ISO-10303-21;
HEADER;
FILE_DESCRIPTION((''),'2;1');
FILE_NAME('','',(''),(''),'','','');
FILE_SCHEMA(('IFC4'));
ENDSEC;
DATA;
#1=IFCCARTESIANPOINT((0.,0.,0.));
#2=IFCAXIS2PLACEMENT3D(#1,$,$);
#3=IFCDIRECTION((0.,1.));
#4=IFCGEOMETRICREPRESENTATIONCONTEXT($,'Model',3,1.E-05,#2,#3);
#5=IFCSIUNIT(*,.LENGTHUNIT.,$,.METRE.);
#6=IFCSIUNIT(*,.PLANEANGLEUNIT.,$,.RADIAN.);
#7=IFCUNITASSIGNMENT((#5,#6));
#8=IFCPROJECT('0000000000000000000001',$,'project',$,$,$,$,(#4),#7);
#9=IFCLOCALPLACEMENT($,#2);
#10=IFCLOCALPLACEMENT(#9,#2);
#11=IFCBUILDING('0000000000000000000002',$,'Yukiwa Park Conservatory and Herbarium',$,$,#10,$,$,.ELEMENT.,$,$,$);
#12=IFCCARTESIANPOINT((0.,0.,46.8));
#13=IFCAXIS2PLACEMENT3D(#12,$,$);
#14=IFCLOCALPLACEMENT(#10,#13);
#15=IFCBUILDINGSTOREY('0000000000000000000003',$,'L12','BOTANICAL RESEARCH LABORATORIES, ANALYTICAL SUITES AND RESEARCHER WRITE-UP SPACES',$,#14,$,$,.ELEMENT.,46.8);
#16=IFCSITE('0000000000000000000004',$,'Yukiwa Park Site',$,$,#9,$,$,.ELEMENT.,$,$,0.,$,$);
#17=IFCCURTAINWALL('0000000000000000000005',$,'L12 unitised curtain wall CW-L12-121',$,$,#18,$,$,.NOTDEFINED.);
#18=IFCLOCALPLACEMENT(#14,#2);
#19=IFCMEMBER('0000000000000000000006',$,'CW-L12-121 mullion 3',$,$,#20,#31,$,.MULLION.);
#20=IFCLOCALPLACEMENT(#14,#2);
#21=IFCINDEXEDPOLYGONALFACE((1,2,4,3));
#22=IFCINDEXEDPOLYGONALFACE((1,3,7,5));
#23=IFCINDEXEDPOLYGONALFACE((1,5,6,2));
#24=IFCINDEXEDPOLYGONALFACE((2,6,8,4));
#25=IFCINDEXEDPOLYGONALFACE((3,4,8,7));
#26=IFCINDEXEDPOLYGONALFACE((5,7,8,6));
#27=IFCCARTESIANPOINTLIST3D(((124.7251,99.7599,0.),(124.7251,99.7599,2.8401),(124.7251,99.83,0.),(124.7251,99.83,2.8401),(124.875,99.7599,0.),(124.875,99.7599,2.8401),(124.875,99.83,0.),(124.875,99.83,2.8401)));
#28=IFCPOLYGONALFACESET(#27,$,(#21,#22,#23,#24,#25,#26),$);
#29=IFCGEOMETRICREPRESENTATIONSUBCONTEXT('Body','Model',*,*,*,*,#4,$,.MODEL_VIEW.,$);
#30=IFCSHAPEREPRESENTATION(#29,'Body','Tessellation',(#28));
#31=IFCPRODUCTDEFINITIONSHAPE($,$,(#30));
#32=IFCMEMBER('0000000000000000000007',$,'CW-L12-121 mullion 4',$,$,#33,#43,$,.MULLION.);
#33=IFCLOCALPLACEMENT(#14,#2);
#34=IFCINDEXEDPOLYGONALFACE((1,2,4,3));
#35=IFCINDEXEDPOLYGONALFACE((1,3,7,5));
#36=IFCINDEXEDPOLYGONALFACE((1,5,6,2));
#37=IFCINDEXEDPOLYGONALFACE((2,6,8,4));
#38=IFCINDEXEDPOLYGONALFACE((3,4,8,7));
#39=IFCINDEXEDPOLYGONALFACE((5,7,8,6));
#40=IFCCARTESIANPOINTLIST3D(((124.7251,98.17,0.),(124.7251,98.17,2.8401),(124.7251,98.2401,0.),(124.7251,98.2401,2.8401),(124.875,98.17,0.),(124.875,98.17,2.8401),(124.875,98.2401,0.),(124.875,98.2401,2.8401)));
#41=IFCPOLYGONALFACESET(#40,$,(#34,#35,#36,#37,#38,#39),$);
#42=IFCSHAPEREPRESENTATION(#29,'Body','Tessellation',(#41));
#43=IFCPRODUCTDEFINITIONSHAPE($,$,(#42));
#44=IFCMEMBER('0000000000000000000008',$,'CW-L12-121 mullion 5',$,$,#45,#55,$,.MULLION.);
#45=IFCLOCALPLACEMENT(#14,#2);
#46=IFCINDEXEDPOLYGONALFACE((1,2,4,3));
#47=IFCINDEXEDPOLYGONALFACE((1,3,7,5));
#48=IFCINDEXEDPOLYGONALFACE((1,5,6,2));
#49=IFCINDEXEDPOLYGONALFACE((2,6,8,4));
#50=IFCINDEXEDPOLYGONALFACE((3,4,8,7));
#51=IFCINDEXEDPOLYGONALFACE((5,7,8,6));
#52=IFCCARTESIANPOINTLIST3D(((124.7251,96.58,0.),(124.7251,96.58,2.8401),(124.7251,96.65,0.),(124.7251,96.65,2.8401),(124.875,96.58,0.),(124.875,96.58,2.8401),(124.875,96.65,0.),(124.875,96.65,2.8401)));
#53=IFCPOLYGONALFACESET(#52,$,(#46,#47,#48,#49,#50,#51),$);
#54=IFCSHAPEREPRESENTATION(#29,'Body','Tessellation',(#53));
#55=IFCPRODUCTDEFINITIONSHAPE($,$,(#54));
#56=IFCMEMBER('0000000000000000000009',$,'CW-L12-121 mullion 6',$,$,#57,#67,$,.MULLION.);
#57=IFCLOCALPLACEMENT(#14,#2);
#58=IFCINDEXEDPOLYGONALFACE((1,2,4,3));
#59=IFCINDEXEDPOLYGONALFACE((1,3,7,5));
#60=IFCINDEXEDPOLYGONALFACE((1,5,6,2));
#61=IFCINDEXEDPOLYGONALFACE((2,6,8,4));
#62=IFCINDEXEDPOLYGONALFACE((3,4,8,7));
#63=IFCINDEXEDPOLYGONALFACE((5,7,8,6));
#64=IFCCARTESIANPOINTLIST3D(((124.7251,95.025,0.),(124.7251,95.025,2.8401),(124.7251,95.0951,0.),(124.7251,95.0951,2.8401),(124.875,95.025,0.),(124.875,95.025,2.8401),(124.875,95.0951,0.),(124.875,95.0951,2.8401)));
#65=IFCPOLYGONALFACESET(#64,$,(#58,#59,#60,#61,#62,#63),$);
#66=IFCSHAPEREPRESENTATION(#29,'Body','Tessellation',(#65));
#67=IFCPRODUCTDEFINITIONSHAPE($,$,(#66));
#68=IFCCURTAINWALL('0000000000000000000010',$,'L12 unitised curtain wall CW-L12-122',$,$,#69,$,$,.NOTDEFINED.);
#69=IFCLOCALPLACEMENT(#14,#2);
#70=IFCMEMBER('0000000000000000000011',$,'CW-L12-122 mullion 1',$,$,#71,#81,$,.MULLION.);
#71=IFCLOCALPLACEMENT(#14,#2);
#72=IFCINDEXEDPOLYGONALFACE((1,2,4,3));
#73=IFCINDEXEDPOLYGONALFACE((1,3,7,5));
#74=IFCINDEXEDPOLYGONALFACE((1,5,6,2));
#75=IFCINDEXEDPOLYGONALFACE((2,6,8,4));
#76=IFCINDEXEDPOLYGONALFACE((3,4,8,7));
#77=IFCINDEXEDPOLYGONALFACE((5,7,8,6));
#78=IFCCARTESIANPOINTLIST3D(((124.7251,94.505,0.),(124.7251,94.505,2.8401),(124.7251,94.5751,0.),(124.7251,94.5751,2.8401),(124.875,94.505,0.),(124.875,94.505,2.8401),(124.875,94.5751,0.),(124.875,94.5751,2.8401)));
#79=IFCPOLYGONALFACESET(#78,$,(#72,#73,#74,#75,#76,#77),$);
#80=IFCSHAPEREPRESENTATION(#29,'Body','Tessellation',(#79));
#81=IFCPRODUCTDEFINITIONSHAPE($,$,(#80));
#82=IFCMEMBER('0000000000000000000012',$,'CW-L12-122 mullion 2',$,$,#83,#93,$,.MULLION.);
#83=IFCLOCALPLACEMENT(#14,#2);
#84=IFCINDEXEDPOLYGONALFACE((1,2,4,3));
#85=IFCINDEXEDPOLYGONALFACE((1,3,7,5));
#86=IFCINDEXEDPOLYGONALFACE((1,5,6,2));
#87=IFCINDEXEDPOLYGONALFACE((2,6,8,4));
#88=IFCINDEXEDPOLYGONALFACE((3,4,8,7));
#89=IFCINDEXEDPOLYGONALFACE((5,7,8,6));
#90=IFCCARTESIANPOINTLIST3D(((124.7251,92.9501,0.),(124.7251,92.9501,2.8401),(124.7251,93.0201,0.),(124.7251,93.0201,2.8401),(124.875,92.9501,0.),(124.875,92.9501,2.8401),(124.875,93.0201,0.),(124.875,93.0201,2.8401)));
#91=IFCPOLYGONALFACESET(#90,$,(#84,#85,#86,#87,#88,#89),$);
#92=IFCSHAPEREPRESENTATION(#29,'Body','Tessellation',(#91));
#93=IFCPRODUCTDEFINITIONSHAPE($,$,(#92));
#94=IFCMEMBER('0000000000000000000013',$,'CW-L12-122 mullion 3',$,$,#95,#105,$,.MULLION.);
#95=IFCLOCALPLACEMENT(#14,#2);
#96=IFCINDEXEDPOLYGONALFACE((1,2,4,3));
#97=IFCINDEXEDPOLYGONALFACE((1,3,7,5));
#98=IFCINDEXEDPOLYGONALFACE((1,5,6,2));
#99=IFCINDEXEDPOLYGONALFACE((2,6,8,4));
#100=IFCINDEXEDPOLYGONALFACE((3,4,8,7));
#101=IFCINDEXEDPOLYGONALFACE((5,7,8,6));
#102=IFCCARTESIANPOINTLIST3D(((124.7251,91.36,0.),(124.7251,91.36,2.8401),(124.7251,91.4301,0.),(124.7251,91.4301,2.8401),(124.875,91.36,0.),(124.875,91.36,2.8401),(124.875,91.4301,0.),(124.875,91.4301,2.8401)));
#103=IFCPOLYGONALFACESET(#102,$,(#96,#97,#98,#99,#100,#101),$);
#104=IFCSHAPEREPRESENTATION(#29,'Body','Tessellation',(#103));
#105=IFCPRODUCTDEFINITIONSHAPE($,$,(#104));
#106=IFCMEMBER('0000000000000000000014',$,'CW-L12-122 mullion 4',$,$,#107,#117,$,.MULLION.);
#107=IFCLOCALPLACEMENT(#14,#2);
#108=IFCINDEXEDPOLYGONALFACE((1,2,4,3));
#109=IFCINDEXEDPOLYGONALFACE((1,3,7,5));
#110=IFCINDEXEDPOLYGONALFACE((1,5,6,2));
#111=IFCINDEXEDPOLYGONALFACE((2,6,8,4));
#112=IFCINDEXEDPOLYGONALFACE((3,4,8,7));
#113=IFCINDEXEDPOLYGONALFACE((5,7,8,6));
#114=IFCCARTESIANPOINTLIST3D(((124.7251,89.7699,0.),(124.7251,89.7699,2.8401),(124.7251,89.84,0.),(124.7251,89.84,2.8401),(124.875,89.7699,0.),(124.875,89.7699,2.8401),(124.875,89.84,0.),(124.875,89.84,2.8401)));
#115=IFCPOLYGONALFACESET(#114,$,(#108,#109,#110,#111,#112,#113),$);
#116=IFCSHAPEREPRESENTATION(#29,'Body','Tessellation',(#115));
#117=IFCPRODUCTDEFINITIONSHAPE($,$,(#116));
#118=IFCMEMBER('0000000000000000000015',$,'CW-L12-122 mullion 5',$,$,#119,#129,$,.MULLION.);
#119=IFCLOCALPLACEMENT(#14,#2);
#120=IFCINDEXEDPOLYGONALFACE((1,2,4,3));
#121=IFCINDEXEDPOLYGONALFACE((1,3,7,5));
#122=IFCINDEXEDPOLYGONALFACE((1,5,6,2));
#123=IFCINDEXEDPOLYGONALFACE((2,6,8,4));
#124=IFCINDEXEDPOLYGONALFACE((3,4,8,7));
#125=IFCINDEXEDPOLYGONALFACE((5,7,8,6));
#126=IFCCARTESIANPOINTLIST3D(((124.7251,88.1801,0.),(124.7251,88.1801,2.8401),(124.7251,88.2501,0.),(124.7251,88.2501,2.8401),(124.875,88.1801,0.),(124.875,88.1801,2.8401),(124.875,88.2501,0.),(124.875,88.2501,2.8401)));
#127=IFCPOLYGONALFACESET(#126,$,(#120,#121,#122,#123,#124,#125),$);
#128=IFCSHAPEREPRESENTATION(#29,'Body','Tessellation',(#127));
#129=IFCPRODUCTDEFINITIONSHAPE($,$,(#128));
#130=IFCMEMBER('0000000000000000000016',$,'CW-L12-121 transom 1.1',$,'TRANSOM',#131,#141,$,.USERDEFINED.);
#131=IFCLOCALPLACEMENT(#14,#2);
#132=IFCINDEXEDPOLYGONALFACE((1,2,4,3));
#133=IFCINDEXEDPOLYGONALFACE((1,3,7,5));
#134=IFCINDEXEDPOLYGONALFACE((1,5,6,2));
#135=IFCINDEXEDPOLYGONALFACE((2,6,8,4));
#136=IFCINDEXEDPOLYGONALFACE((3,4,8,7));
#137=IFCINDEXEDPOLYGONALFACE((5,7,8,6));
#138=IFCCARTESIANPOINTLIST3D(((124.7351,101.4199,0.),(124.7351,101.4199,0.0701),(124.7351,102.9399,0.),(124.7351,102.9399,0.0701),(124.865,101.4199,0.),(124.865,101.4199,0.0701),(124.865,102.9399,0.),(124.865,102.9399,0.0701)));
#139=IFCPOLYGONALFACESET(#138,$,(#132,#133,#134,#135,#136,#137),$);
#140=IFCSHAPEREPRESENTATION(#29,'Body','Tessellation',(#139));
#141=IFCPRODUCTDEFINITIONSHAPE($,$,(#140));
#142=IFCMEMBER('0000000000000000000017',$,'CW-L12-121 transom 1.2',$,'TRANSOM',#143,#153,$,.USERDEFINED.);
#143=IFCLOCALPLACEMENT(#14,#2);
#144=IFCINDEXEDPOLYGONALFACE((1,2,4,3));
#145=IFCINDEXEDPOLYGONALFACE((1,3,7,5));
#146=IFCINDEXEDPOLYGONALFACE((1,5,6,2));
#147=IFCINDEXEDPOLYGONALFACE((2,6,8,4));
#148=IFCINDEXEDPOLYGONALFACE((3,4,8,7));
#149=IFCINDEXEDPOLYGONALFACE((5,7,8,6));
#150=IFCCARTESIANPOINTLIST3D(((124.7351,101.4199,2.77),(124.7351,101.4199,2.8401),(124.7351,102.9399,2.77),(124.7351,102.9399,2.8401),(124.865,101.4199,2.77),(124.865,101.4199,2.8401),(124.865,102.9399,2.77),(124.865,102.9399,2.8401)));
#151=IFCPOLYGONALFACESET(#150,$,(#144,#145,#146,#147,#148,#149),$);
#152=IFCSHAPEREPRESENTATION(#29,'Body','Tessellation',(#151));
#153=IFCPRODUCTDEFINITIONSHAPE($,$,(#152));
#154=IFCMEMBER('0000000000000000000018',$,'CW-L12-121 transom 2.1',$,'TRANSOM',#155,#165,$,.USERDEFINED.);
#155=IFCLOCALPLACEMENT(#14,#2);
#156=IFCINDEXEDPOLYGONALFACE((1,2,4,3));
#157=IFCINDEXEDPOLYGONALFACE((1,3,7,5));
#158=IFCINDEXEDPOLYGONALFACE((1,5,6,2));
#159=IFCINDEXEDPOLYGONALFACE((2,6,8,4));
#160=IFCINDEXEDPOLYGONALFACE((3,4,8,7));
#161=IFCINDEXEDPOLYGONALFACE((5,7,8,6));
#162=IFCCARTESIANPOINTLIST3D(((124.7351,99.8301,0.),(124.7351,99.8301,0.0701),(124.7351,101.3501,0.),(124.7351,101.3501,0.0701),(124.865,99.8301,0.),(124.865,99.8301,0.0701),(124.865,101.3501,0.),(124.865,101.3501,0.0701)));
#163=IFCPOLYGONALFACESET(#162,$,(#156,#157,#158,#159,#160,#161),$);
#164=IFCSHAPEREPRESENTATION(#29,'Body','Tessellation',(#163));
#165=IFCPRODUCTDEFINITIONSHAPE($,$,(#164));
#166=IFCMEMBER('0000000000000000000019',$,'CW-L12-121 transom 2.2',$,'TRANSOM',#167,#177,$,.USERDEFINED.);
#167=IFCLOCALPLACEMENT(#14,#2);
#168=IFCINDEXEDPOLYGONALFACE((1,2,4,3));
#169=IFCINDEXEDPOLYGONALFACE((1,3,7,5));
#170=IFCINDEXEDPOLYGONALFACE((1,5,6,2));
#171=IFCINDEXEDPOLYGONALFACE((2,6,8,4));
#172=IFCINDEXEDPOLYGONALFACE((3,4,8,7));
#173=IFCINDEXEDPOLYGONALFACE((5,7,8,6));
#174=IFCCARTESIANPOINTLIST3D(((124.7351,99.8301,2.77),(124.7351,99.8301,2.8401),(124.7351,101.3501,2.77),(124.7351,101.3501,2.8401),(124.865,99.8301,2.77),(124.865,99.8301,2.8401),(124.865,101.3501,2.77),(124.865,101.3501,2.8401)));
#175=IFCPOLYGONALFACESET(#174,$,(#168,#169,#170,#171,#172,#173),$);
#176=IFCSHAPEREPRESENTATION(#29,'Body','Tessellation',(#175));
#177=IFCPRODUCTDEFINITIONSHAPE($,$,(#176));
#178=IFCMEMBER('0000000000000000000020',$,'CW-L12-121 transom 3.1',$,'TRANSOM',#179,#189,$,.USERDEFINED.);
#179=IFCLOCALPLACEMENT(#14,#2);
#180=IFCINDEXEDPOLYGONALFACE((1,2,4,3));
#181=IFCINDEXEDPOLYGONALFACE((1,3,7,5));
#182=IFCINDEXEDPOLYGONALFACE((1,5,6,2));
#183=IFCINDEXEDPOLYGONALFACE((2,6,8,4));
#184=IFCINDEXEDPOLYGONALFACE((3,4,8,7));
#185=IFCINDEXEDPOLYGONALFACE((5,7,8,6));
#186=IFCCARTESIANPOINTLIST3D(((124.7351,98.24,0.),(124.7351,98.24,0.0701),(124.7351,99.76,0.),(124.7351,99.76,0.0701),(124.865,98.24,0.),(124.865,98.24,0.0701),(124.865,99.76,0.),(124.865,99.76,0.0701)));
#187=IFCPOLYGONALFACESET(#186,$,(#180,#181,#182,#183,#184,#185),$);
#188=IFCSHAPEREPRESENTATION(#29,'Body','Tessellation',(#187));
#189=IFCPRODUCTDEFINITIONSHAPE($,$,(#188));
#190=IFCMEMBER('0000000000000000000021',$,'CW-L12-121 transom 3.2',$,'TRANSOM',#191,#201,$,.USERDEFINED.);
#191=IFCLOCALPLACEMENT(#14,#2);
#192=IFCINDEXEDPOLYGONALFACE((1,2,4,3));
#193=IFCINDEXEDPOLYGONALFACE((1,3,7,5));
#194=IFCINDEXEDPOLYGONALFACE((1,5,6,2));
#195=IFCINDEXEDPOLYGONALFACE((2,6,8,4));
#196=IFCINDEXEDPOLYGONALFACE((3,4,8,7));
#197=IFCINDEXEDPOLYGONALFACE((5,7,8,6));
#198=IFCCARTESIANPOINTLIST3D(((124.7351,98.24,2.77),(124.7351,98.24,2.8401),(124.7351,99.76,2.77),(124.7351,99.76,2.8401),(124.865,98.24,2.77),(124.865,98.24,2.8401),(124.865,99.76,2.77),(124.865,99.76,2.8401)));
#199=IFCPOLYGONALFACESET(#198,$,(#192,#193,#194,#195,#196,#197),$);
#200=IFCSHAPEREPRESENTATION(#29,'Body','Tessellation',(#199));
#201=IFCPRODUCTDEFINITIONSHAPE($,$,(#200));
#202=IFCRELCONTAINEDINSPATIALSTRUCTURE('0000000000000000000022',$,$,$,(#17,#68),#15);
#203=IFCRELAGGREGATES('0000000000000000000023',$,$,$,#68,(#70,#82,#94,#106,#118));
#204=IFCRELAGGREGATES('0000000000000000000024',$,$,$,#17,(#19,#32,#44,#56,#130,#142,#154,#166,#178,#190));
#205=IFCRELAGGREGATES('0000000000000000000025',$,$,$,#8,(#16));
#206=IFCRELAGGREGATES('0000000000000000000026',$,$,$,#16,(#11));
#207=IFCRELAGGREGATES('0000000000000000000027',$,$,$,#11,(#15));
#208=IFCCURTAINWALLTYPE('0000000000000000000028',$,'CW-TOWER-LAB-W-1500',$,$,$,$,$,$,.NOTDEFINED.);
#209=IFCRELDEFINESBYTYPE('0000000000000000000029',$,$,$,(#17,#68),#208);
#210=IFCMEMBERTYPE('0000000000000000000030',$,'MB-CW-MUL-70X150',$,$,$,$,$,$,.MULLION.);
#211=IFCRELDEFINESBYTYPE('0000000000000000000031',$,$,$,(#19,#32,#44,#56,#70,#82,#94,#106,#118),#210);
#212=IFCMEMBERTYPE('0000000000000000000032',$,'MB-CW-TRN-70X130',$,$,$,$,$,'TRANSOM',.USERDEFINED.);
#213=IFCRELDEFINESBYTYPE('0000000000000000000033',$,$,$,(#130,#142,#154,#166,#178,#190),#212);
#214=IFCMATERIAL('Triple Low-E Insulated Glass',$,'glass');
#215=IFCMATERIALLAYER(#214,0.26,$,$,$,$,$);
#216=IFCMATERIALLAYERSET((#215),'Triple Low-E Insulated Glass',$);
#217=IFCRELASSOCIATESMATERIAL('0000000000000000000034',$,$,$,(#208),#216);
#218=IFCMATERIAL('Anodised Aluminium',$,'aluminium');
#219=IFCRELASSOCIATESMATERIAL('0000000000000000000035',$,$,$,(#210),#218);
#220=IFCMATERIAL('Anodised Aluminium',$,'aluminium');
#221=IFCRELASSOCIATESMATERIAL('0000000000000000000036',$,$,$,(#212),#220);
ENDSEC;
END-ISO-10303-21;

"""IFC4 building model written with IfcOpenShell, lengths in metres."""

from ifc_helpers import new_model, si_unit, direction, frame, origin, origin_2d, place, context, subcontext, project, spatial, rectangle, extrude, material, layer, layer_set, type_object, element, aggregate, save


model = new_model("IFC4")

# Units and contexts
model_context = context("Model", 3, precision=1e-05, world=origin(), true_north=direction((0.0, 1.0)))
body_context = subcontext(model_context, "Body", "Model", "MODEL_VIEW")
ifc_project = project(units=[si_unit("LENGTHUNIT", "METRE"), si_unit("PLANEANGLEUNIT", "RADIAN")], contexts=[model_context])

# Site, building, storey
site_placement = place(None, origin())
site = spatial("IfcSite", under=ifc_project, at=site_placement, Name="Yukiwa Park Site", CompositionType="ELEMENT", RefElevation=0.0)
building_placement = place(site_placement, origin())
building = spatial("IfcBuilding", under=site, at=building_placement, Name="Yukiwa Park Conservatory and Herbarium", CompositionType="ELEMENT")
storey_placement = place(building_placement, frame((0.0, 0.0, 46.8)))
storey = spatial("IfcBuildingStorey", under=building, at=storey_placement, Name="L12", Description="BOTANICAL RESEARCH LABORATORIES, ANALYTICAL SUITES AND RESEARCHER WRITE-UP SPACES", CompositionType="ELEMENT", Elevation=46.8)

# Curtain walls, members
ifc_material_1 = material(Name="Triple Low-E Insulated Glass", Category="glass")
ifc_layer_1 = layer(ifc_material_1, 0.26)
ifc_layer_set_1 = layer_set([ifc_layer_1], Name="Triple Low-E Insulated Glass")
curtain_wall_type = type_object("IfcCurtainWallType", Name="CW-TOWER-LAB-W-1500", PredefinedType="NOTDEFINED", material=ifc_layer_set_1)
curtain_wall_1_placement = place(storey_placement, origin())
curtain_wall_1 = element("IfcCurtainWall", 1, at=curtain_wall_1_placement, inside=storey, type_object=curtain_wall_type, Name="L12 unitised curtain wall CW-L12-121", PredefinedType="NOTDEFINED")
ifc_material_2 = material(Name="Anodised Aluminium", Category="aluminium")
member_type_1 = type_object("IfcMemberType", Name="MB-CW-MUL-70X150", PredefinedType="MULLION", material=ifc_material_2)
member_1_placement = place(storey_placement, frame((124.8, 99.7949, 0.0), z_axis=(0.0, 0.0, 1.0), x_axis=(0.0, -1.0, 0.0)))
member_1 = element("IfcMember", 2, at=member_1_placement, type_object=member_type_1, Name="CW-L12-121 mullion 3", PredefinedType="MULLION", context=body_context, shape_type="SweptSolid", body=[
    extrude(rectangle(XDim=0.0701, YDim=0.1499, at=origin_2d()), origin(), (0.0, 0.0, 1.0), 2.8401),
])
member_2_placement = place(storey_placement, frame((124.8, 98.2051, 0.0), z_axis=(0.0, 0.0, 1.0), x_axis=(0.0, -1.0, 0.0)))
member_2 = element("IfcMember", 3, at=member_2_placement, type_object=member_type_1, Name="CW-L12-121 mullion 4", PredefinedType="MULLION", context=body_context, shape_type="SweptSolid", body=[
    extrude(rectangle(XDim=0.0701, YDim=0.1499, at=origin_2d()), origin(), (0.0, 0.0, 1.0), 2.8401),
])
member_3_placement = place(storey_placement, frame((124.8, 96.615, 0.0), z_axis=(0.0, 0.0, 1.0), x_axis=(0.0, -1.0, 0.0)))
member_3 = element("IfcMember", 4, at=member_3_placement, type_object=member_type_1, Name="CW-L12-121 mullion 5", PredefinedType="MULLION", context=body_context, shape_type="SweptSolid", body=[
    extrude(rectangle(XDim=0.0701, YDim=0.1499, at=origin_2d()), origin(), (0.0, 0.0, 1.0), 2.8401),
])
member_4_placement = place(storey_placement, frame((124.8, 95.0601, 0.0), z_axis=(0.0, 0.0, 1.0), x_axis=(0.0, -1.0, 0.0)))
member_4 = element("IfcMember", 5, at=member_4_placement, type_object=member_type_1, Name="CW-L12-121 mullion 6", PredefinedType="MULLION", context=body_context, shape_type="SweptSolid", body=[
    extrude(rectangle(XDim=0.0701, YDim=0.1499, at=origin_2d()), origin(), (0.0, 0.0, 1.0), 2.8401),
])
curtain_wall_2_placement = place(storey_placement, origin())
curtain_wall_2 = element("IfcCurtainWall", 6, at=curtain_wall_2_placement, inside=storey, type_object=curtain_wall_type, Name="L12 unitised curtain wall CW-L12-122", PredefinedType="NOTDEFINED")
member_5_placement = place(storey_placement, frame((124.8, 94.54, 0.0), z_axis=(0.0, 0.0, 1.0), x_axis=(0.0, -1.0, 0.0)))
member_5 = element("IfcMember", 7, at=member_5_placement, type_object=member_type_1, Name="CW-L12-122 mullion 1", PredefinedType="MULLION", context=body_context, shape_type="SweptSolid", body=[
    extrude(rectangle(XDim=0.0701, YDim=0.1499, at=origin_2d()), origin(), (0.0, 0.0, 1.0), 2.8401),
])
member_6_placement = place(storey_placement, frame((124.8, 92.9851, 0.0), z_axis=(0.0, 0.0, 1.0), x_axis=(0.0, -1.0, 0.0)))
member_6 = element("IfcMember", 8, at=member_6_placement, type_object=member_type_1, Name="CW-L12-122 mullion 2", PredefinedType="MULLION", context=body_context, shape_type="SweptSolid", body=[
    extrude(rectangle(XDim=0.0701, YDim=0.1499, at=origin_2d()), origin(), (0.0, 0.0, 1.0), 2.8401),
])
member_7_placement = place(storey_placement, frame((124.8, 91.395, 0.0), z_axis=(0.0, 0.0, 1.0), x_axis=(0.0, -1.0, 0.0)))
member_7 = element("IfcMember", 9, at=member_7_placement, type_object=member_type_1, Name="CW-L12-122 mullion 3", PredefinedType="MULLION", context=body_context, shape_type="SweptSolid", body=[
    extrude(rectangle(XDim=0.0701, YDim=0.1499, at=origin_2d()), origin(), (0.0, 0.0, 1.0), 2.8401),
])
member_8_placement = place(storey_placement, frame((124.8, 89.8049, 0.0), z_axis=(0.0, 0.0, 1.0), x_axis=(0.0, -1.0, 0.0)))
member_8 = element("IfcMember", 10, at=member_8_placement, type_object=member_type_1, Name="CW-L12-122 mullion 4", PredefinedType="MULLION", context=body_context, shape_type="SweptSolid", body=[
    extrude(rectangle(XDim=0.0701, YDim=0.1499, at=origin_2d()), origin(), (0.0, 0.0, 1.0), 2.8401),
])
member_9_placement = place(storey_placement, frame((124.8, 88.2151, 0.0), z_axis=(0.0, 0.0, 1.0), x_axis=(0.0, -1.0, 0.0)))
member_9 = element("IfcMember", 11, at=member_9_placement, type_object=member_type_1, Name="CW-L12-122 mullion 5", PredefinedType="MULLION", context=body_context, shape_type="SweptSolid", body=[
    extrude(rectangle(XDim=0.0701, YDim=0.1499, at=origin_2d()), origin(), (0.0, 0.0, 1.0), 2.8401),
])
aggregate(curtain_wall_2, [member_5, member_6, member_7, member_8, member_9])

# Members
ifc_material_3 = material(Name="Anodised Aluminium", Category="aluminium")
member_type_2 = type_object("IfcMemberType", Name="MB-CW-TRN-70X130", ElementType="TRANSOM", PredefinedType="USERDEFINED", material=ifc_material_3)
member_10_placement = place(storey_placement, frame((124.8, 102.1799, 0.0), z_axis=(0.0, 0.0, 1.0), x_axis=(0.0, -1.0, 0.0)))
member_10 = element("IfcMember", 12, at=member_10_placement, type_object=member_type_2, Name="CW-L12-121 transom 1.1", ObjectType="TRANSOM", PredefinedType="USERDEFINED", context=body_context, shape_type="SweptSolid", body=[
    extrude(rectangle(XDim=1.52, YDim=0.1299, at=origin_2d()), origin(), (0.0, 0.0, 1.0), 0.0701),
])
member_11_placement = place(storey_placement, frame((124.8, 102.1799, 2.77), z_axis=(0.0, 0.0, 1.0), x_axis=(0.0, -1.0, 0.0)))
member_11 = element("IfcMember", 13, at=member_11_placement, type_object=member_type_2, Name="CW-L12-121 transom 1.2", ObjectType="TRANSOM", PredefinedType="USERDEFINED", context=body_context, shape_type="SweptSolid", body=[
    extrude(rectangle(XDim=1.52, YDim=0.1299, at=origin_2d()), origin(), (0.0, 0.0, 1.0), 0.0701),
])
member_12_placement = place(storey_placement, frame((124.8, 100.5901, 0.0), z_axis=(0.0, 0.0, 1.0), x_axis=(0.0, -1.0, 0.0)))
member_12 = element("IfcMember", 14, at=member_12_placement, type_object=member_type_2, Name="CW-L12-121 transom 2.1", ObjectType="TRANSOM", PredefinedType="USERDEFINED", context=body_context, shape_type="SweptSolid", body=[
    extrude(rectangle(XDim=1.52, YDim=0.1299, at=origin_2d()), origin(), (0.0, 0.0, 1.0), 0.0701),
])
member_13_placement = place(storey_placement, frame((124.8, 100.5901, 2.77), z_axis=(0.0, 0.0, 1.0), x_axis=(0.0, -1.0, 0.0)))
member_13 = element("IfcMember", 15, at=member_13_placement, type_object=member_type_2, Name="CW-L12-121 transom 2.2", ObjectType="TRANSOM", PredefinedType="USERDEFINED", context=body_context, shape_type="SweptSolid", body=[
    extrude(rectangle(XDim=1.52, YDim=0.1299, at=origin_2d()), origin(), (0.0, 0.0, 1.0), 0.0701),
])
member_14_placement = place(storey_placement, frame((124.8, 99.0, 0.0), z_axis=(0.0, 0.0, 1.0), x_axis=(0.0, -1.0, 0.0)))
member_14 = element("IfcMember", 16, at=member_14_placement, type_object=member_type_2, Name="CW-L12-121 transom 3.1", ObjectType="TRANSOM", PredefinedType="USERDEFINED", context=body_context, shape_type="SweptSolid", body=[
    extrude(rectangle(XDim=1.52, YDim=0.1299, at=origin_2d()), origin(), (0.0, 0.0, 1.0), 0.0701),
])
member_15_placement = place(storey_placement, frame((124.8, 99.0, 2.77), z_axis=(0.0, 0.0, 1.0), x_axis=(0.0, -1.0, 0.0)))
member_15 = element("IfcMember", 17, at=member_15_placement, type_object=member_type_2, Name="CW-L12-121 transom 3.2", ObjectType="TRANSOM", PredefinedType="USERDEFINED", context=body_context, shape_type="SweptSolid", body=[
    extrude(rectangle(XDim=1.52, YDim=0.1299, at=origin_2d()), origin(), (0.0, 0.0, 1.0), 0.0701),
])

aggregate(curtain_wall_1, [member_1, member_2, member_3, member_4, member_10, member_11, member_12, member_13, member_14, member_15])

save(model, "model.ifc")
